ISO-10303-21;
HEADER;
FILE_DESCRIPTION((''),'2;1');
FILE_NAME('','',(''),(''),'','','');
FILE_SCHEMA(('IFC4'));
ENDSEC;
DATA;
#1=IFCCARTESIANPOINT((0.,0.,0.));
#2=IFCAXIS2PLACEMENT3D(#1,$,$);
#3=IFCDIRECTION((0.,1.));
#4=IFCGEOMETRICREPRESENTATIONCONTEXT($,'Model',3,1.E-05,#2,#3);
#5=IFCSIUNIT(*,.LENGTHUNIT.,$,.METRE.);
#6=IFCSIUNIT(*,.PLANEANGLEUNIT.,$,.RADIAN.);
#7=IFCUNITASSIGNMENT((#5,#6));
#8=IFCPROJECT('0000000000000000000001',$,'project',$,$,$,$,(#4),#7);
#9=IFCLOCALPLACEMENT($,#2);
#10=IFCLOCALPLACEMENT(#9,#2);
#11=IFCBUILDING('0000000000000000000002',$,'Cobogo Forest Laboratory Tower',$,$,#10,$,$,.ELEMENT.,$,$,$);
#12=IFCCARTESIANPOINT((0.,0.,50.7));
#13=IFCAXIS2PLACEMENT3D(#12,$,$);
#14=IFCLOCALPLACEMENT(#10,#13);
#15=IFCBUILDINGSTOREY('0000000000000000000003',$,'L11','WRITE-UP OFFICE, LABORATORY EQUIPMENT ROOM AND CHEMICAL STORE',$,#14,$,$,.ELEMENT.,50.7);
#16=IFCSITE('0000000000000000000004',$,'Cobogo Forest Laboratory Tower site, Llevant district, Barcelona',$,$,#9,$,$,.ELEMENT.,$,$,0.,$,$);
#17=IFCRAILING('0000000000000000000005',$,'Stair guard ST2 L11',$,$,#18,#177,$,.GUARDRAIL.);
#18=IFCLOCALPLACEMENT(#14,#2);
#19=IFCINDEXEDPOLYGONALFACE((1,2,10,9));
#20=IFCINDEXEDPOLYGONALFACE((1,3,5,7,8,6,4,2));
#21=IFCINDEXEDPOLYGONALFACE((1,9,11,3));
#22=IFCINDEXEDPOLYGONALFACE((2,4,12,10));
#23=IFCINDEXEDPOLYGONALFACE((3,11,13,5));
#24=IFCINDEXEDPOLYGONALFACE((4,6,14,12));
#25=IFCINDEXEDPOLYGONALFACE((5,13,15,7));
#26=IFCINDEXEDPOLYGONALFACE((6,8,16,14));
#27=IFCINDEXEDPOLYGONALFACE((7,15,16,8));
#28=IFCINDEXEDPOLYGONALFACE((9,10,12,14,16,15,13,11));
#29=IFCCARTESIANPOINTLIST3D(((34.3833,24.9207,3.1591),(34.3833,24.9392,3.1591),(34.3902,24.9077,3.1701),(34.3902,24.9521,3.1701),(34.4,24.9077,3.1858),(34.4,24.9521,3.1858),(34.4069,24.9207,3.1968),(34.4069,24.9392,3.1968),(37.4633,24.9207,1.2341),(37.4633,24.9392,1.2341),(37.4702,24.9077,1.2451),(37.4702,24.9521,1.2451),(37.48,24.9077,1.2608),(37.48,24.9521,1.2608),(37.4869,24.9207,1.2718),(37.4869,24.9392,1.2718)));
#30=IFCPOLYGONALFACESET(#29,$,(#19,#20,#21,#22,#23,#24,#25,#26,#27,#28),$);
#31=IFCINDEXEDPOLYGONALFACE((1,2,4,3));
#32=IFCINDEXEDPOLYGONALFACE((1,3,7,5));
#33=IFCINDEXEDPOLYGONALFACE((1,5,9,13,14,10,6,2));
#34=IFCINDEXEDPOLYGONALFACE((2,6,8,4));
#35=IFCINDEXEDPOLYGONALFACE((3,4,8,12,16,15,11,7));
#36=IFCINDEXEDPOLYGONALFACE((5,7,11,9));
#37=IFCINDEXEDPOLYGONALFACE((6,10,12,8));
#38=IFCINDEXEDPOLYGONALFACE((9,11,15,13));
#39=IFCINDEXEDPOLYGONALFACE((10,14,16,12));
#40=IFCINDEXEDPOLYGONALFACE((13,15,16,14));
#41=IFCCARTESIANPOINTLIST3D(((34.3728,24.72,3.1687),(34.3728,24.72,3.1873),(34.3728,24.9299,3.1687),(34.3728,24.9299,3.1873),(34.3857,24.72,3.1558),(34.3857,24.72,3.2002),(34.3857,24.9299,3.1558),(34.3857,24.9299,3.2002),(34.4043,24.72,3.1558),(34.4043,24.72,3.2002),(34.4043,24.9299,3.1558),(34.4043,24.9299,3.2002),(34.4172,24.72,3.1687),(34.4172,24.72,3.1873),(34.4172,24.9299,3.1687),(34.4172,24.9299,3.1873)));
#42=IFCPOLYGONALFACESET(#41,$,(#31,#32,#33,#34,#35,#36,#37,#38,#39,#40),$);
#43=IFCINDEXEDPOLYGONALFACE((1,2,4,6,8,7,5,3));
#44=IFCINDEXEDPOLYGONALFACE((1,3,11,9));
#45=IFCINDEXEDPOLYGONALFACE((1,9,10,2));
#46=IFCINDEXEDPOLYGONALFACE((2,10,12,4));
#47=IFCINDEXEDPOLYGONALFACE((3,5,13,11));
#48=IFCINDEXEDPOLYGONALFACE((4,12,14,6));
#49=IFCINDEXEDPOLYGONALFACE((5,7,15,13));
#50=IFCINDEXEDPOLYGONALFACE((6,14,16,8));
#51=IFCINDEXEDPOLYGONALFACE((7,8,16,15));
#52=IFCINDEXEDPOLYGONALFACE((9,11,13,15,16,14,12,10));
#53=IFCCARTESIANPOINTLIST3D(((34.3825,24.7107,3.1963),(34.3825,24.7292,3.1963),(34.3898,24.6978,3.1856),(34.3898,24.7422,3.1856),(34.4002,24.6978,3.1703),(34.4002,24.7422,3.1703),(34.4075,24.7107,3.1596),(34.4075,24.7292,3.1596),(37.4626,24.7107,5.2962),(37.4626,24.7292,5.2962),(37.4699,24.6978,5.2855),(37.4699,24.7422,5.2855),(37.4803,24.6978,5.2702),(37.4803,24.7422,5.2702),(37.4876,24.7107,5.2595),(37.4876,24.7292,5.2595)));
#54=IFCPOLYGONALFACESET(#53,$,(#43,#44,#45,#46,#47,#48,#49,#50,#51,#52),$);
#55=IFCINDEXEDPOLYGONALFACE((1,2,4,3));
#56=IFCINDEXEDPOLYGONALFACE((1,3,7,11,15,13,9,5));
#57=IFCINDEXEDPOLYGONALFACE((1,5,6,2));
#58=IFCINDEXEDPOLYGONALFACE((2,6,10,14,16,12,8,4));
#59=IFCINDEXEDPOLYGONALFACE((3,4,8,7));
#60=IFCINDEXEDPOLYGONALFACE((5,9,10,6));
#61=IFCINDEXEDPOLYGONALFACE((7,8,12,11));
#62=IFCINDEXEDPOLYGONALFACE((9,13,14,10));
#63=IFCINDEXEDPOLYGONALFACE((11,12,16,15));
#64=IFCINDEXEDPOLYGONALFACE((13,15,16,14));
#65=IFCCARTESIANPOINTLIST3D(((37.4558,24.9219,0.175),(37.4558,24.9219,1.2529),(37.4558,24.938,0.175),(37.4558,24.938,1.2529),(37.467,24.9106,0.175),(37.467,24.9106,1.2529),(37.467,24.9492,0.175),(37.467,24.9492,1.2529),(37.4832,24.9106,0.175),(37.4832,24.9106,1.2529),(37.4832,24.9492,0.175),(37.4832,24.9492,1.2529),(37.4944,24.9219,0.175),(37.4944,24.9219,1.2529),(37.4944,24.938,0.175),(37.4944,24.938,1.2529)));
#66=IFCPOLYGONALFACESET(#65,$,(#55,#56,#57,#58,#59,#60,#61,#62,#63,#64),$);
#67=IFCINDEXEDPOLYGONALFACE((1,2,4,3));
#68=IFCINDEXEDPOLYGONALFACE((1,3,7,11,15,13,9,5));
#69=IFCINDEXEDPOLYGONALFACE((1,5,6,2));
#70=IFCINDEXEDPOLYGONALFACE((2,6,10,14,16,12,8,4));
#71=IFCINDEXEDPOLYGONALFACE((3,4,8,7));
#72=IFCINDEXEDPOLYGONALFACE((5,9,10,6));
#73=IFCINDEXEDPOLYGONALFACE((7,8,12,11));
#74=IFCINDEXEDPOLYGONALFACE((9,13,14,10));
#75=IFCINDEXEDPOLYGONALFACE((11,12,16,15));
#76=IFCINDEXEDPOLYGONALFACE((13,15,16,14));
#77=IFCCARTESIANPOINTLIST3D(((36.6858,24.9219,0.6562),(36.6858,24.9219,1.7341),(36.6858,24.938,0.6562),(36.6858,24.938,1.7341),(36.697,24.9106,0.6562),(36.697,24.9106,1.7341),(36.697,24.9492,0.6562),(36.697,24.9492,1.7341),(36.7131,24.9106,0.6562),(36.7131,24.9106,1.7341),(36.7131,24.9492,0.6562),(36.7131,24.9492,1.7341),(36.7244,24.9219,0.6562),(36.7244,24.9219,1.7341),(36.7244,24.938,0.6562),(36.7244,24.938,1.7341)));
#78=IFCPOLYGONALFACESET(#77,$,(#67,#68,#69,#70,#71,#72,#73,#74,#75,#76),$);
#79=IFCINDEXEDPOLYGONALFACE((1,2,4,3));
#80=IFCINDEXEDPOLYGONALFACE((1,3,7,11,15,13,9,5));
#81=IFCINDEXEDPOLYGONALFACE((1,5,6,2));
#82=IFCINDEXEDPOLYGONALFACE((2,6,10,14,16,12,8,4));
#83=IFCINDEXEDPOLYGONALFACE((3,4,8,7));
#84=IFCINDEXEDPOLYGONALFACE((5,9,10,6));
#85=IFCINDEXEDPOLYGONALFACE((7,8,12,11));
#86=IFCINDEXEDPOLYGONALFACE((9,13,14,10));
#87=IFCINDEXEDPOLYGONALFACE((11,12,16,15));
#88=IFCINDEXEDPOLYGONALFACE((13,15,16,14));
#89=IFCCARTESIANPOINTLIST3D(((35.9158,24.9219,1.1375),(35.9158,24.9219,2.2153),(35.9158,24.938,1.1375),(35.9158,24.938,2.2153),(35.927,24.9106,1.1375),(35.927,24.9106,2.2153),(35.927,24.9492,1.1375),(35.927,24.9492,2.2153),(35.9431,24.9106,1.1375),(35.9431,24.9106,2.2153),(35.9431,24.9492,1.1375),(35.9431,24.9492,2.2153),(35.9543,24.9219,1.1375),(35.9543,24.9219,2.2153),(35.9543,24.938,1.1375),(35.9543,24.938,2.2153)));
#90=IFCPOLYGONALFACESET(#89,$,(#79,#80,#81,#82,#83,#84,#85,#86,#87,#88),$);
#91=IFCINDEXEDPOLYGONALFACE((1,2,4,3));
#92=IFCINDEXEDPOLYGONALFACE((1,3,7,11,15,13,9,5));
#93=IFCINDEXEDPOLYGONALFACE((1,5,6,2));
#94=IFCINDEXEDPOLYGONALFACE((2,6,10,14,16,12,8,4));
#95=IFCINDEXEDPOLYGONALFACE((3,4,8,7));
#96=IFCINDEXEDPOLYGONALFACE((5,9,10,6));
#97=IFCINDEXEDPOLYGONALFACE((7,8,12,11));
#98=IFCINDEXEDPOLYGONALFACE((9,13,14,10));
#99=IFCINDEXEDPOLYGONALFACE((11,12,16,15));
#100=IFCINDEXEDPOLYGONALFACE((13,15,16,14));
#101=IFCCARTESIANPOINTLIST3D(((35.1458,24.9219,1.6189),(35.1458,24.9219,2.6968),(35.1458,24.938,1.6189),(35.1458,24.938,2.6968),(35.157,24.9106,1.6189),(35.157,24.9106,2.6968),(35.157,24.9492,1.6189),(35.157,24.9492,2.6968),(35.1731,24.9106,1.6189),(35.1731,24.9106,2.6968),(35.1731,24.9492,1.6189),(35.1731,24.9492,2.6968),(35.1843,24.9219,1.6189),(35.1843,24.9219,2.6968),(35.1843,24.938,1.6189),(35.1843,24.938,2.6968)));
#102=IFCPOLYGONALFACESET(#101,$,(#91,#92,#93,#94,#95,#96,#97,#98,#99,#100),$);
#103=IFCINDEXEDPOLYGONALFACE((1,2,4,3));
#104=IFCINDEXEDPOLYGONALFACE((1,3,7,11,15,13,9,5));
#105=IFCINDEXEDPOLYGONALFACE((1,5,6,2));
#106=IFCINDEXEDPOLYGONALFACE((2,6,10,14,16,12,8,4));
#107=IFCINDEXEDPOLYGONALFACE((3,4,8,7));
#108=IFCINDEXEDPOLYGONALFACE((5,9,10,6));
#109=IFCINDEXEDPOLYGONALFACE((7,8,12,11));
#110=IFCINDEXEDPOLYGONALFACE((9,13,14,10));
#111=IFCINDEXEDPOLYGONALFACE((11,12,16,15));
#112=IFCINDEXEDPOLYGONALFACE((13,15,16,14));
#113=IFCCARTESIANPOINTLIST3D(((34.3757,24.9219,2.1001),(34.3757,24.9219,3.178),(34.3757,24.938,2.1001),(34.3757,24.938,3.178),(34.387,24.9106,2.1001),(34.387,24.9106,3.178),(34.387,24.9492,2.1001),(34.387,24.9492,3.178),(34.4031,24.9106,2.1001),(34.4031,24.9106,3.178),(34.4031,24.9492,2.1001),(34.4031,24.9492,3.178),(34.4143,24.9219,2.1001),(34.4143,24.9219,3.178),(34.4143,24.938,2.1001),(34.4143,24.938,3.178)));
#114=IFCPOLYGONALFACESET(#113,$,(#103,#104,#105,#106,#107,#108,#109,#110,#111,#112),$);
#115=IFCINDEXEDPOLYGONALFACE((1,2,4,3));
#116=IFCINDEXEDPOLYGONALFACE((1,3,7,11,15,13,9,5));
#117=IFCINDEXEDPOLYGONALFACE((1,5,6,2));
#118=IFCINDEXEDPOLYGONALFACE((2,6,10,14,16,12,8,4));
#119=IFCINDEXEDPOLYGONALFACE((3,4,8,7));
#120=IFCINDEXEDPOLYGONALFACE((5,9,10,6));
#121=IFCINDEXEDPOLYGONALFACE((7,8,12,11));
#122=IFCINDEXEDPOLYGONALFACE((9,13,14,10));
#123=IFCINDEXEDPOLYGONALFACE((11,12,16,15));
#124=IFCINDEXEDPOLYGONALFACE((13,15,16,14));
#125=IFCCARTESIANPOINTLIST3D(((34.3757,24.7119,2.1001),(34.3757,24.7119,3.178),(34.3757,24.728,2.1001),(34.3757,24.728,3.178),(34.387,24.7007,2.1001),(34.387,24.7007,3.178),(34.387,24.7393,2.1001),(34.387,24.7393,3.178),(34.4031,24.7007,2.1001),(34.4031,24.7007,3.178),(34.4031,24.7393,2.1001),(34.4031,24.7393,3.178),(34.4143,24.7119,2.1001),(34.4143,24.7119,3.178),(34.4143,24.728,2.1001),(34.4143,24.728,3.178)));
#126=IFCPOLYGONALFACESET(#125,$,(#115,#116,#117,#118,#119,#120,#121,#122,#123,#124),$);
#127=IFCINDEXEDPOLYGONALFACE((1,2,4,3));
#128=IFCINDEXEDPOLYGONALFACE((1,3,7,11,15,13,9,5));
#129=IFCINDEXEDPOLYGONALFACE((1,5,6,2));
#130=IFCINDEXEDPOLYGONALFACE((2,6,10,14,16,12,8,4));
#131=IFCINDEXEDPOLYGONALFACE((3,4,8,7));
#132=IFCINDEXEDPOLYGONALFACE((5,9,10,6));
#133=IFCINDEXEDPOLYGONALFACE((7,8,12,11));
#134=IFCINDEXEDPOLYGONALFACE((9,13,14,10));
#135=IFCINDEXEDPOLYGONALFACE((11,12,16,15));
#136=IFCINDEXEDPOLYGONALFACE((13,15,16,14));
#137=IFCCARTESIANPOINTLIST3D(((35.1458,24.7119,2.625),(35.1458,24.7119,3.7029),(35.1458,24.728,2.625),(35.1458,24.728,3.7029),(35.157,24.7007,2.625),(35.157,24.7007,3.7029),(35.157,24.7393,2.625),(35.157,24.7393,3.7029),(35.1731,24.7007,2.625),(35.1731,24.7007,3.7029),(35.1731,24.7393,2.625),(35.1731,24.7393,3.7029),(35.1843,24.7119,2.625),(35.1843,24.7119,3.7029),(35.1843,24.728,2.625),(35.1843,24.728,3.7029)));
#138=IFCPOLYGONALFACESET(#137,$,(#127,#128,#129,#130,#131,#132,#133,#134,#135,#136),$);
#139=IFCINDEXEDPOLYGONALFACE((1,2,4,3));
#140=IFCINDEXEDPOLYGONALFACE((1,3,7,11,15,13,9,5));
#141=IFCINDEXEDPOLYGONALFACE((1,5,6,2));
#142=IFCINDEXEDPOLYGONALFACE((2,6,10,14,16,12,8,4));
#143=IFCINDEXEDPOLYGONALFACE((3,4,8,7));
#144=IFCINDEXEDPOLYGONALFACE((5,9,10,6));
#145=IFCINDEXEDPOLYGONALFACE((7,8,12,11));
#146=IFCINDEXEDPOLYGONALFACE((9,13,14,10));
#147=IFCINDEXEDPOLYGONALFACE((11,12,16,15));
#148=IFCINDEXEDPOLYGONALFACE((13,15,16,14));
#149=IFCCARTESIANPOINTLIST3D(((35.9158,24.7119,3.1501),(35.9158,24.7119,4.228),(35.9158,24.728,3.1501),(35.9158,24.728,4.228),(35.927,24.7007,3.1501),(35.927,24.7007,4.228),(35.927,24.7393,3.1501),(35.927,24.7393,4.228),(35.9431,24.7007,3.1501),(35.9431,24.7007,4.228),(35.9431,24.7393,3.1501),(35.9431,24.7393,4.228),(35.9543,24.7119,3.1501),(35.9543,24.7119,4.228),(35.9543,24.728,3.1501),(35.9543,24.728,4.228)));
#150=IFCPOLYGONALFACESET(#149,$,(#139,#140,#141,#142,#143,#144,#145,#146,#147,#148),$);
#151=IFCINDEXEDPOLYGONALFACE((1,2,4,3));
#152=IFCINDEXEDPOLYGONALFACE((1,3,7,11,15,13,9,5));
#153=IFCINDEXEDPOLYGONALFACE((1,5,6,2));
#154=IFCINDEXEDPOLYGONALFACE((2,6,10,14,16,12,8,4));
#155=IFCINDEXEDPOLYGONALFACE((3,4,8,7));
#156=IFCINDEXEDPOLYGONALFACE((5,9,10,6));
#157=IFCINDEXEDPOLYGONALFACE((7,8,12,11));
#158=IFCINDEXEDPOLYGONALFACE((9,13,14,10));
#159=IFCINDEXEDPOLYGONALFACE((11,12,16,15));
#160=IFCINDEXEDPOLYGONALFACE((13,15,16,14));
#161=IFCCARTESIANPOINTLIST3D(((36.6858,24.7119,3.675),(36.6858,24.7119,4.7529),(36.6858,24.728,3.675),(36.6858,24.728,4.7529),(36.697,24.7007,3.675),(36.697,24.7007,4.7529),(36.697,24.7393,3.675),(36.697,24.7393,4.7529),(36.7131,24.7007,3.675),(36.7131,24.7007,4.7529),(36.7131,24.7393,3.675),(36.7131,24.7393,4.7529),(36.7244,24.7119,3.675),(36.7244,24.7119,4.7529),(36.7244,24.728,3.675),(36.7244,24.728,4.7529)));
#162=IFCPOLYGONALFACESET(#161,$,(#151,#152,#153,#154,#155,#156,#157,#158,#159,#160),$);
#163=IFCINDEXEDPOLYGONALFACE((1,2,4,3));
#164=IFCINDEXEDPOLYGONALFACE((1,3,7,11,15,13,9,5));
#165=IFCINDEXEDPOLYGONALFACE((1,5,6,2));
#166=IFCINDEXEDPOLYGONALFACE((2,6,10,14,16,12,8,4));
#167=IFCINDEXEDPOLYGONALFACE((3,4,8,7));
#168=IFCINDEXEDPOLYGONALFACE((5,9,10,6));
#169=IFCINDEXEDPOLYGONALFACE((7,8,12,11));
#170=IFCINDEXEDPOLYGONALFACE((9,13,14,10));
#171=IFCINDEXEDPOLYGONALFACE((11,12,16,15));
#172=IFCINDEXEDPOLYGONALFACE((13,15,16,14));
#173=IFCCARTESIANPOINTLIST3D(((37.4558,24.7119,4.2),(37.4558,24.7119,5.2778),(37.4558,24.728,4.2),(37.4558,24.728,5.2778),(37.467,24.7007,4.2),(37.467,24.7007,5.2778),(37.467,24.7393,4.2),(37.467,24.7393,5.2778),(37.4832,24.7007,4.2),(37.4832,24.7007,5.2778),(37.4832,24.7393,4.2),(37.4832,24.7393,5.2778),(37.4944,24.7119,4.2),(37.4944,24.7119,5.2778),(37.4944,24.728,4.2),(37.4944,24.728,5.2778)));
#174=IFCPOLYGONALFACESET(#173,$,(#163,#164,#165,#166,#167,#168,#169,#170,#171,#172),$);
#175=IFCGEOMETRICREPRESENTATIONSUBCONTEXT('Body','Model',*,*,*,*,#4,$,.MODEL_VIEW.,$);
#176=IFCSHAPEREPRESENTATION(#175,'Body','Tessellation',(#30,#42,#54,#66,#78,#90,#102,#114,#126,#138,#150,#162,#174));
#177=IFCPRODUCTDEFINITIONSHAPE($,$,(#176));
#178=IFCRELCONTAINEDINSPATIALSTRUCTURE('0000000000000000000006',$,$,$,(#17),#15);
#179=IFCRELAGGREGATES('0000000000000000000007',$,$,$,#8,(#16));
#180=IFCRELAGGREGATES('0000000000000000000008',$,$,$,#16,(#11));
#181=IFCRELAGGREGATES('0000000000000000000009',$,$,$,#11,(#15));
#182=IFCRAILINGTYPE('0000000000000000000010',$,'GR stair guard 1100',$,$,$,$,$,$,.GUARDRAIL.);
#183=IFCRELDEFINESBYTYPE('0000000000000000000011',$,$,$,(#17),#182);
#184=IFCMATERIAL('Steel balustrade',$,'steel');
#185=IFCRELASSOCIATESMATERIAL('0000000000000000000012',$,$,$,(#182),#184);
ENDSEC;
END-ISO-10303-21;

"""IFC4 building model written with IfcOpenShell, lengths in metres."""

from ifc_helpers import new_model, si_unit, direction, frame, origin, place, context, subcontext, project, spatial, polyline, outline, extrude, material, type_object, element, save


model = new_model("IFC4")

# Units and contexts
model_context = context("Model", 3, precision=1e-05, world=origin(), true_north=direction((0.0, 1.0)))
body_context = subcontext(model_context, "Body", "Model", "MODEL_VIEW")
ifc_project = project(units=[si_unit("LENGTHUNIT", "METRE"), si_unit("PLANEANGLEUNIT", "RADIAN")], contexts=[model_context])

# Site, building, storey
site_placement = place(None, origin())
site = spatial("IfcSite", under=ifc_project, at=site_placement, Name="Cobogo Forest Laboratory Tower site, Llevant district, Barcelona", CompositionType="ELEMENT", RefElevation=0.0)
building_placement = place(site_placement, origin())
building = spatial("IfcBuilding", under=site, at=building_placement, Name="Cobogo Forest Laboratory Tower", CompositionType="ELEMENT")
storey_placement = place(building_placement, frame((0.0, 0.0, 50.7)))
storey = spatial("IfcBuildingStorey", under=building, at=storey_placement, Name="L11", Description="WRITE-UP OFFICE, LABORATORY EQUIPMENT ROOM AND CHEMICAL STORE", CompositionType="ELEMENT", Elevation=50.7)

# Railing
ifc_material_1 = material(Name="Steel balustrade", Category="steel")
railing_type_1 = type_object("IfcRailingType", Name="GR stair guard 1100", PredefinedType="GUARDRAIL", material=ifc_material_1)
railing_1_placement = place(storey_placement, frame((37.4751, 24.9299, 0.175)))
element("IfcRailing", 1, at=railing_1_placement, inside=storey, type_object=railing_type_1, Name="Stair guard ST2 L11", PredefinedType="GUARDRAIL", context=body_context, shape_type="SweptSolid", body=[
    extrude(outline(polyline([(0.0222, 0.0093), (0.0093, 0.0222), (-0.0093, 0.0222), (-0.0222, 0.0093), (-0.0222, -0.0093), (-0.0093, -0.0222), (0.0093, -0.0222), (0.0222, -0.0093), (0.0222, 0.0093)])), frame((0.0, 0.0, 1.0779), z_axis=(-0.847998, 0.0, 0.529999), x_axis=(0.0, -1.0, 0.0)), (0.0, 0.0, 1.0), 3.6321),
    extrude(outline(polyline([(0.0222, 0.0093), (0.0093, 0.0222), (-0.0093, 0.0222), (-0.0222, 0.0093), (-0.0222, -0.0093), (-0.0093, -0.0222), (0.0093, -0.0222), (0.0222, -0.0093), (0.0222, 0.0093)])), frame((-3.0801, 0.0, 3.0029), z_axis=(0.0, -1.0, 0.0), x_axis=(1.0, 0.0, 0.0)), (0.0, 0.0, 1.0), 0.21),
    extrude(outline(polyline([(0.0222, 0.0093), (0.0093, 0.0222), (-0.0093, 0.0222), (-0.0222, 0.0093), (-0.0222, -0.0093), (-0.0093, -0.0222), (0.0093, -0.0222), (0.0222, -0.0093), (0.0222, 0.0093)])), frame((-3.0801, -0.21, 3.0029), z_axis=(0.826252, 0.0, 0.5633), x_axis=(0.0, 1.0, 0.0)), (0.0, 0.0, 1.0), 3.7278),
    extrude(outline(polyline([(0.0193, 0.0081), (0.0081, 0.0193), (-0.0081, 0.0193), (-0.0193, 0.0081), (-0.0193, -0.0081), (-0.0081, -0.0193), (0.0081, -0.0193), (0.0193, -0.0081), (0.0193, 0.0081)])), origin(), (0.0, 0.0, 1.0), 1.0779),
    extrude(outline(polyline([(0.0193, 0.0081), (0.0081, 0.0193), (-0.0081, 0.0193), (-0.0193, 0.0081), (-0.0193, -0.0081), (-0.0081, -0.0193), (0.0081, -0.0193), (0.0193, -0.0081), (0.0193, 0.0081)])), frame((-0.77, 0.0, 0.4812)), (0.0, 0.0, 1.0), 1.0779),
    extrude(outline(polyline([(0.0193, 0.0081), (0.0081, 0.0193), (-0.0081, 0.0193), (-0.0193, 0.0081), (-0.0193, -0.0081), (-0.0081, -0.0193), (0.0081, -0.0193), (0.0193, -0.0081), (0.0193, 0.0081)])), frame((-1.54, 0.0, 0.9624)), (0.0, 0.0, 1.0), 1.0779),
    extrude(outline(polyline([(0.0193, 0.0081), (0.0081, 0.0193), (-0.0081, 0.0193), (-0.0193, 0.0081), (-0.0193, -0.0081), (-0.0081, -0.0193), (0.0081, -0.0193), (0.0193, -0.0081), (0.0193, 0.0081)])), frame((-2.3101, 0.0, 1.4438)), (0.0, 0.0, 1.0), 1.0779),
    extrude(outline(polyline([(0.0193, 0.0081), (0.0081, 0.0193), (-0.0081, 0.0193), (-0.0193, 0.0081), (-0.0193, -0.0081), (-0.0081, -0.0193), (0.0081, -0.0193), (0.0193, -0.0081), (0.0193, 0.0081)])), frame((-3.0801, 0.0, 1.925)), (0.0, 0.0, 1.0), 1.0779),
    extrude(outline(polyline([(0.0193, 0.0081), (0.0081, 0.0193), (-0.0081, 0.0193), (-0.0193, 0.0081), (-0.0193, -0.0081), (-0.0081, -0.0193), (0.0081, -0.0193), (0.0193, -0.0081), (0.0193, 0.0081)])), frame((-3.0801, -0.21, 1.925)), (0.0, 0.0, 1.0), 1.0779),
    extrude(outline(polyline([(0.0193, 0.0081), (0.0081, 0.0193), (-0.0081, 0.0193), (-0.0193, 0.0081), (-0.0193, -0.0081), (-0.0081, -0.0193), (0.0081, -0.0193), (0.0193, -0.0081), (0.0193, 0.0081)])), frame((-2.3101, -0.21, 2.45)), (0.0, 0.0, 1.0), 1.0779),
    extrude(outline(polyline([(0.0193, 0.0081), (0.0081, 0.0193), (-0.0081, 0.0193), (-0.0193, 0.0081), (-0.0193, -0.0081), (-0.0081, -0.0193), (0.0081, -0.0193), (0.0193, -0.0081), (0.0193, 0.0081)])), frame((-1.54, -0.21, 2.9751)), (0.0, 0.0, 1.0), 1.0779),
    extrude(outline(polyline([(0.0193, 0.0081), (0.0081, 0.0193), (-0.0081, 0.0193), (-0.0193, 0.0081), (-0.0193, -0.0081), (-0.0081, -0.0193), (0.0081, -0.0193), (0.0193, -0.0081), (0.0193, 0.0081)])), frame((-0.77, -0.21, 3.5)), (0.0, 0.0, 1.0), 1.0779),
    extrude(outline(polyline([(0.0193, 0.0081), (0.0081, 0.0193), (-0.0081, 0.0193), (-0.0193, 0.0081), (-0.0193, -0.0081), (-0.0081, -0.0193), (0.0081, -0.0193), (0.0193, -0.0081), (0.0193, 0.0081)])), frame((0.0, -0.21, 4.0249)), (0.0, 0.0, 1.0), 1.0779),
])

save(model, "model.ifc")
